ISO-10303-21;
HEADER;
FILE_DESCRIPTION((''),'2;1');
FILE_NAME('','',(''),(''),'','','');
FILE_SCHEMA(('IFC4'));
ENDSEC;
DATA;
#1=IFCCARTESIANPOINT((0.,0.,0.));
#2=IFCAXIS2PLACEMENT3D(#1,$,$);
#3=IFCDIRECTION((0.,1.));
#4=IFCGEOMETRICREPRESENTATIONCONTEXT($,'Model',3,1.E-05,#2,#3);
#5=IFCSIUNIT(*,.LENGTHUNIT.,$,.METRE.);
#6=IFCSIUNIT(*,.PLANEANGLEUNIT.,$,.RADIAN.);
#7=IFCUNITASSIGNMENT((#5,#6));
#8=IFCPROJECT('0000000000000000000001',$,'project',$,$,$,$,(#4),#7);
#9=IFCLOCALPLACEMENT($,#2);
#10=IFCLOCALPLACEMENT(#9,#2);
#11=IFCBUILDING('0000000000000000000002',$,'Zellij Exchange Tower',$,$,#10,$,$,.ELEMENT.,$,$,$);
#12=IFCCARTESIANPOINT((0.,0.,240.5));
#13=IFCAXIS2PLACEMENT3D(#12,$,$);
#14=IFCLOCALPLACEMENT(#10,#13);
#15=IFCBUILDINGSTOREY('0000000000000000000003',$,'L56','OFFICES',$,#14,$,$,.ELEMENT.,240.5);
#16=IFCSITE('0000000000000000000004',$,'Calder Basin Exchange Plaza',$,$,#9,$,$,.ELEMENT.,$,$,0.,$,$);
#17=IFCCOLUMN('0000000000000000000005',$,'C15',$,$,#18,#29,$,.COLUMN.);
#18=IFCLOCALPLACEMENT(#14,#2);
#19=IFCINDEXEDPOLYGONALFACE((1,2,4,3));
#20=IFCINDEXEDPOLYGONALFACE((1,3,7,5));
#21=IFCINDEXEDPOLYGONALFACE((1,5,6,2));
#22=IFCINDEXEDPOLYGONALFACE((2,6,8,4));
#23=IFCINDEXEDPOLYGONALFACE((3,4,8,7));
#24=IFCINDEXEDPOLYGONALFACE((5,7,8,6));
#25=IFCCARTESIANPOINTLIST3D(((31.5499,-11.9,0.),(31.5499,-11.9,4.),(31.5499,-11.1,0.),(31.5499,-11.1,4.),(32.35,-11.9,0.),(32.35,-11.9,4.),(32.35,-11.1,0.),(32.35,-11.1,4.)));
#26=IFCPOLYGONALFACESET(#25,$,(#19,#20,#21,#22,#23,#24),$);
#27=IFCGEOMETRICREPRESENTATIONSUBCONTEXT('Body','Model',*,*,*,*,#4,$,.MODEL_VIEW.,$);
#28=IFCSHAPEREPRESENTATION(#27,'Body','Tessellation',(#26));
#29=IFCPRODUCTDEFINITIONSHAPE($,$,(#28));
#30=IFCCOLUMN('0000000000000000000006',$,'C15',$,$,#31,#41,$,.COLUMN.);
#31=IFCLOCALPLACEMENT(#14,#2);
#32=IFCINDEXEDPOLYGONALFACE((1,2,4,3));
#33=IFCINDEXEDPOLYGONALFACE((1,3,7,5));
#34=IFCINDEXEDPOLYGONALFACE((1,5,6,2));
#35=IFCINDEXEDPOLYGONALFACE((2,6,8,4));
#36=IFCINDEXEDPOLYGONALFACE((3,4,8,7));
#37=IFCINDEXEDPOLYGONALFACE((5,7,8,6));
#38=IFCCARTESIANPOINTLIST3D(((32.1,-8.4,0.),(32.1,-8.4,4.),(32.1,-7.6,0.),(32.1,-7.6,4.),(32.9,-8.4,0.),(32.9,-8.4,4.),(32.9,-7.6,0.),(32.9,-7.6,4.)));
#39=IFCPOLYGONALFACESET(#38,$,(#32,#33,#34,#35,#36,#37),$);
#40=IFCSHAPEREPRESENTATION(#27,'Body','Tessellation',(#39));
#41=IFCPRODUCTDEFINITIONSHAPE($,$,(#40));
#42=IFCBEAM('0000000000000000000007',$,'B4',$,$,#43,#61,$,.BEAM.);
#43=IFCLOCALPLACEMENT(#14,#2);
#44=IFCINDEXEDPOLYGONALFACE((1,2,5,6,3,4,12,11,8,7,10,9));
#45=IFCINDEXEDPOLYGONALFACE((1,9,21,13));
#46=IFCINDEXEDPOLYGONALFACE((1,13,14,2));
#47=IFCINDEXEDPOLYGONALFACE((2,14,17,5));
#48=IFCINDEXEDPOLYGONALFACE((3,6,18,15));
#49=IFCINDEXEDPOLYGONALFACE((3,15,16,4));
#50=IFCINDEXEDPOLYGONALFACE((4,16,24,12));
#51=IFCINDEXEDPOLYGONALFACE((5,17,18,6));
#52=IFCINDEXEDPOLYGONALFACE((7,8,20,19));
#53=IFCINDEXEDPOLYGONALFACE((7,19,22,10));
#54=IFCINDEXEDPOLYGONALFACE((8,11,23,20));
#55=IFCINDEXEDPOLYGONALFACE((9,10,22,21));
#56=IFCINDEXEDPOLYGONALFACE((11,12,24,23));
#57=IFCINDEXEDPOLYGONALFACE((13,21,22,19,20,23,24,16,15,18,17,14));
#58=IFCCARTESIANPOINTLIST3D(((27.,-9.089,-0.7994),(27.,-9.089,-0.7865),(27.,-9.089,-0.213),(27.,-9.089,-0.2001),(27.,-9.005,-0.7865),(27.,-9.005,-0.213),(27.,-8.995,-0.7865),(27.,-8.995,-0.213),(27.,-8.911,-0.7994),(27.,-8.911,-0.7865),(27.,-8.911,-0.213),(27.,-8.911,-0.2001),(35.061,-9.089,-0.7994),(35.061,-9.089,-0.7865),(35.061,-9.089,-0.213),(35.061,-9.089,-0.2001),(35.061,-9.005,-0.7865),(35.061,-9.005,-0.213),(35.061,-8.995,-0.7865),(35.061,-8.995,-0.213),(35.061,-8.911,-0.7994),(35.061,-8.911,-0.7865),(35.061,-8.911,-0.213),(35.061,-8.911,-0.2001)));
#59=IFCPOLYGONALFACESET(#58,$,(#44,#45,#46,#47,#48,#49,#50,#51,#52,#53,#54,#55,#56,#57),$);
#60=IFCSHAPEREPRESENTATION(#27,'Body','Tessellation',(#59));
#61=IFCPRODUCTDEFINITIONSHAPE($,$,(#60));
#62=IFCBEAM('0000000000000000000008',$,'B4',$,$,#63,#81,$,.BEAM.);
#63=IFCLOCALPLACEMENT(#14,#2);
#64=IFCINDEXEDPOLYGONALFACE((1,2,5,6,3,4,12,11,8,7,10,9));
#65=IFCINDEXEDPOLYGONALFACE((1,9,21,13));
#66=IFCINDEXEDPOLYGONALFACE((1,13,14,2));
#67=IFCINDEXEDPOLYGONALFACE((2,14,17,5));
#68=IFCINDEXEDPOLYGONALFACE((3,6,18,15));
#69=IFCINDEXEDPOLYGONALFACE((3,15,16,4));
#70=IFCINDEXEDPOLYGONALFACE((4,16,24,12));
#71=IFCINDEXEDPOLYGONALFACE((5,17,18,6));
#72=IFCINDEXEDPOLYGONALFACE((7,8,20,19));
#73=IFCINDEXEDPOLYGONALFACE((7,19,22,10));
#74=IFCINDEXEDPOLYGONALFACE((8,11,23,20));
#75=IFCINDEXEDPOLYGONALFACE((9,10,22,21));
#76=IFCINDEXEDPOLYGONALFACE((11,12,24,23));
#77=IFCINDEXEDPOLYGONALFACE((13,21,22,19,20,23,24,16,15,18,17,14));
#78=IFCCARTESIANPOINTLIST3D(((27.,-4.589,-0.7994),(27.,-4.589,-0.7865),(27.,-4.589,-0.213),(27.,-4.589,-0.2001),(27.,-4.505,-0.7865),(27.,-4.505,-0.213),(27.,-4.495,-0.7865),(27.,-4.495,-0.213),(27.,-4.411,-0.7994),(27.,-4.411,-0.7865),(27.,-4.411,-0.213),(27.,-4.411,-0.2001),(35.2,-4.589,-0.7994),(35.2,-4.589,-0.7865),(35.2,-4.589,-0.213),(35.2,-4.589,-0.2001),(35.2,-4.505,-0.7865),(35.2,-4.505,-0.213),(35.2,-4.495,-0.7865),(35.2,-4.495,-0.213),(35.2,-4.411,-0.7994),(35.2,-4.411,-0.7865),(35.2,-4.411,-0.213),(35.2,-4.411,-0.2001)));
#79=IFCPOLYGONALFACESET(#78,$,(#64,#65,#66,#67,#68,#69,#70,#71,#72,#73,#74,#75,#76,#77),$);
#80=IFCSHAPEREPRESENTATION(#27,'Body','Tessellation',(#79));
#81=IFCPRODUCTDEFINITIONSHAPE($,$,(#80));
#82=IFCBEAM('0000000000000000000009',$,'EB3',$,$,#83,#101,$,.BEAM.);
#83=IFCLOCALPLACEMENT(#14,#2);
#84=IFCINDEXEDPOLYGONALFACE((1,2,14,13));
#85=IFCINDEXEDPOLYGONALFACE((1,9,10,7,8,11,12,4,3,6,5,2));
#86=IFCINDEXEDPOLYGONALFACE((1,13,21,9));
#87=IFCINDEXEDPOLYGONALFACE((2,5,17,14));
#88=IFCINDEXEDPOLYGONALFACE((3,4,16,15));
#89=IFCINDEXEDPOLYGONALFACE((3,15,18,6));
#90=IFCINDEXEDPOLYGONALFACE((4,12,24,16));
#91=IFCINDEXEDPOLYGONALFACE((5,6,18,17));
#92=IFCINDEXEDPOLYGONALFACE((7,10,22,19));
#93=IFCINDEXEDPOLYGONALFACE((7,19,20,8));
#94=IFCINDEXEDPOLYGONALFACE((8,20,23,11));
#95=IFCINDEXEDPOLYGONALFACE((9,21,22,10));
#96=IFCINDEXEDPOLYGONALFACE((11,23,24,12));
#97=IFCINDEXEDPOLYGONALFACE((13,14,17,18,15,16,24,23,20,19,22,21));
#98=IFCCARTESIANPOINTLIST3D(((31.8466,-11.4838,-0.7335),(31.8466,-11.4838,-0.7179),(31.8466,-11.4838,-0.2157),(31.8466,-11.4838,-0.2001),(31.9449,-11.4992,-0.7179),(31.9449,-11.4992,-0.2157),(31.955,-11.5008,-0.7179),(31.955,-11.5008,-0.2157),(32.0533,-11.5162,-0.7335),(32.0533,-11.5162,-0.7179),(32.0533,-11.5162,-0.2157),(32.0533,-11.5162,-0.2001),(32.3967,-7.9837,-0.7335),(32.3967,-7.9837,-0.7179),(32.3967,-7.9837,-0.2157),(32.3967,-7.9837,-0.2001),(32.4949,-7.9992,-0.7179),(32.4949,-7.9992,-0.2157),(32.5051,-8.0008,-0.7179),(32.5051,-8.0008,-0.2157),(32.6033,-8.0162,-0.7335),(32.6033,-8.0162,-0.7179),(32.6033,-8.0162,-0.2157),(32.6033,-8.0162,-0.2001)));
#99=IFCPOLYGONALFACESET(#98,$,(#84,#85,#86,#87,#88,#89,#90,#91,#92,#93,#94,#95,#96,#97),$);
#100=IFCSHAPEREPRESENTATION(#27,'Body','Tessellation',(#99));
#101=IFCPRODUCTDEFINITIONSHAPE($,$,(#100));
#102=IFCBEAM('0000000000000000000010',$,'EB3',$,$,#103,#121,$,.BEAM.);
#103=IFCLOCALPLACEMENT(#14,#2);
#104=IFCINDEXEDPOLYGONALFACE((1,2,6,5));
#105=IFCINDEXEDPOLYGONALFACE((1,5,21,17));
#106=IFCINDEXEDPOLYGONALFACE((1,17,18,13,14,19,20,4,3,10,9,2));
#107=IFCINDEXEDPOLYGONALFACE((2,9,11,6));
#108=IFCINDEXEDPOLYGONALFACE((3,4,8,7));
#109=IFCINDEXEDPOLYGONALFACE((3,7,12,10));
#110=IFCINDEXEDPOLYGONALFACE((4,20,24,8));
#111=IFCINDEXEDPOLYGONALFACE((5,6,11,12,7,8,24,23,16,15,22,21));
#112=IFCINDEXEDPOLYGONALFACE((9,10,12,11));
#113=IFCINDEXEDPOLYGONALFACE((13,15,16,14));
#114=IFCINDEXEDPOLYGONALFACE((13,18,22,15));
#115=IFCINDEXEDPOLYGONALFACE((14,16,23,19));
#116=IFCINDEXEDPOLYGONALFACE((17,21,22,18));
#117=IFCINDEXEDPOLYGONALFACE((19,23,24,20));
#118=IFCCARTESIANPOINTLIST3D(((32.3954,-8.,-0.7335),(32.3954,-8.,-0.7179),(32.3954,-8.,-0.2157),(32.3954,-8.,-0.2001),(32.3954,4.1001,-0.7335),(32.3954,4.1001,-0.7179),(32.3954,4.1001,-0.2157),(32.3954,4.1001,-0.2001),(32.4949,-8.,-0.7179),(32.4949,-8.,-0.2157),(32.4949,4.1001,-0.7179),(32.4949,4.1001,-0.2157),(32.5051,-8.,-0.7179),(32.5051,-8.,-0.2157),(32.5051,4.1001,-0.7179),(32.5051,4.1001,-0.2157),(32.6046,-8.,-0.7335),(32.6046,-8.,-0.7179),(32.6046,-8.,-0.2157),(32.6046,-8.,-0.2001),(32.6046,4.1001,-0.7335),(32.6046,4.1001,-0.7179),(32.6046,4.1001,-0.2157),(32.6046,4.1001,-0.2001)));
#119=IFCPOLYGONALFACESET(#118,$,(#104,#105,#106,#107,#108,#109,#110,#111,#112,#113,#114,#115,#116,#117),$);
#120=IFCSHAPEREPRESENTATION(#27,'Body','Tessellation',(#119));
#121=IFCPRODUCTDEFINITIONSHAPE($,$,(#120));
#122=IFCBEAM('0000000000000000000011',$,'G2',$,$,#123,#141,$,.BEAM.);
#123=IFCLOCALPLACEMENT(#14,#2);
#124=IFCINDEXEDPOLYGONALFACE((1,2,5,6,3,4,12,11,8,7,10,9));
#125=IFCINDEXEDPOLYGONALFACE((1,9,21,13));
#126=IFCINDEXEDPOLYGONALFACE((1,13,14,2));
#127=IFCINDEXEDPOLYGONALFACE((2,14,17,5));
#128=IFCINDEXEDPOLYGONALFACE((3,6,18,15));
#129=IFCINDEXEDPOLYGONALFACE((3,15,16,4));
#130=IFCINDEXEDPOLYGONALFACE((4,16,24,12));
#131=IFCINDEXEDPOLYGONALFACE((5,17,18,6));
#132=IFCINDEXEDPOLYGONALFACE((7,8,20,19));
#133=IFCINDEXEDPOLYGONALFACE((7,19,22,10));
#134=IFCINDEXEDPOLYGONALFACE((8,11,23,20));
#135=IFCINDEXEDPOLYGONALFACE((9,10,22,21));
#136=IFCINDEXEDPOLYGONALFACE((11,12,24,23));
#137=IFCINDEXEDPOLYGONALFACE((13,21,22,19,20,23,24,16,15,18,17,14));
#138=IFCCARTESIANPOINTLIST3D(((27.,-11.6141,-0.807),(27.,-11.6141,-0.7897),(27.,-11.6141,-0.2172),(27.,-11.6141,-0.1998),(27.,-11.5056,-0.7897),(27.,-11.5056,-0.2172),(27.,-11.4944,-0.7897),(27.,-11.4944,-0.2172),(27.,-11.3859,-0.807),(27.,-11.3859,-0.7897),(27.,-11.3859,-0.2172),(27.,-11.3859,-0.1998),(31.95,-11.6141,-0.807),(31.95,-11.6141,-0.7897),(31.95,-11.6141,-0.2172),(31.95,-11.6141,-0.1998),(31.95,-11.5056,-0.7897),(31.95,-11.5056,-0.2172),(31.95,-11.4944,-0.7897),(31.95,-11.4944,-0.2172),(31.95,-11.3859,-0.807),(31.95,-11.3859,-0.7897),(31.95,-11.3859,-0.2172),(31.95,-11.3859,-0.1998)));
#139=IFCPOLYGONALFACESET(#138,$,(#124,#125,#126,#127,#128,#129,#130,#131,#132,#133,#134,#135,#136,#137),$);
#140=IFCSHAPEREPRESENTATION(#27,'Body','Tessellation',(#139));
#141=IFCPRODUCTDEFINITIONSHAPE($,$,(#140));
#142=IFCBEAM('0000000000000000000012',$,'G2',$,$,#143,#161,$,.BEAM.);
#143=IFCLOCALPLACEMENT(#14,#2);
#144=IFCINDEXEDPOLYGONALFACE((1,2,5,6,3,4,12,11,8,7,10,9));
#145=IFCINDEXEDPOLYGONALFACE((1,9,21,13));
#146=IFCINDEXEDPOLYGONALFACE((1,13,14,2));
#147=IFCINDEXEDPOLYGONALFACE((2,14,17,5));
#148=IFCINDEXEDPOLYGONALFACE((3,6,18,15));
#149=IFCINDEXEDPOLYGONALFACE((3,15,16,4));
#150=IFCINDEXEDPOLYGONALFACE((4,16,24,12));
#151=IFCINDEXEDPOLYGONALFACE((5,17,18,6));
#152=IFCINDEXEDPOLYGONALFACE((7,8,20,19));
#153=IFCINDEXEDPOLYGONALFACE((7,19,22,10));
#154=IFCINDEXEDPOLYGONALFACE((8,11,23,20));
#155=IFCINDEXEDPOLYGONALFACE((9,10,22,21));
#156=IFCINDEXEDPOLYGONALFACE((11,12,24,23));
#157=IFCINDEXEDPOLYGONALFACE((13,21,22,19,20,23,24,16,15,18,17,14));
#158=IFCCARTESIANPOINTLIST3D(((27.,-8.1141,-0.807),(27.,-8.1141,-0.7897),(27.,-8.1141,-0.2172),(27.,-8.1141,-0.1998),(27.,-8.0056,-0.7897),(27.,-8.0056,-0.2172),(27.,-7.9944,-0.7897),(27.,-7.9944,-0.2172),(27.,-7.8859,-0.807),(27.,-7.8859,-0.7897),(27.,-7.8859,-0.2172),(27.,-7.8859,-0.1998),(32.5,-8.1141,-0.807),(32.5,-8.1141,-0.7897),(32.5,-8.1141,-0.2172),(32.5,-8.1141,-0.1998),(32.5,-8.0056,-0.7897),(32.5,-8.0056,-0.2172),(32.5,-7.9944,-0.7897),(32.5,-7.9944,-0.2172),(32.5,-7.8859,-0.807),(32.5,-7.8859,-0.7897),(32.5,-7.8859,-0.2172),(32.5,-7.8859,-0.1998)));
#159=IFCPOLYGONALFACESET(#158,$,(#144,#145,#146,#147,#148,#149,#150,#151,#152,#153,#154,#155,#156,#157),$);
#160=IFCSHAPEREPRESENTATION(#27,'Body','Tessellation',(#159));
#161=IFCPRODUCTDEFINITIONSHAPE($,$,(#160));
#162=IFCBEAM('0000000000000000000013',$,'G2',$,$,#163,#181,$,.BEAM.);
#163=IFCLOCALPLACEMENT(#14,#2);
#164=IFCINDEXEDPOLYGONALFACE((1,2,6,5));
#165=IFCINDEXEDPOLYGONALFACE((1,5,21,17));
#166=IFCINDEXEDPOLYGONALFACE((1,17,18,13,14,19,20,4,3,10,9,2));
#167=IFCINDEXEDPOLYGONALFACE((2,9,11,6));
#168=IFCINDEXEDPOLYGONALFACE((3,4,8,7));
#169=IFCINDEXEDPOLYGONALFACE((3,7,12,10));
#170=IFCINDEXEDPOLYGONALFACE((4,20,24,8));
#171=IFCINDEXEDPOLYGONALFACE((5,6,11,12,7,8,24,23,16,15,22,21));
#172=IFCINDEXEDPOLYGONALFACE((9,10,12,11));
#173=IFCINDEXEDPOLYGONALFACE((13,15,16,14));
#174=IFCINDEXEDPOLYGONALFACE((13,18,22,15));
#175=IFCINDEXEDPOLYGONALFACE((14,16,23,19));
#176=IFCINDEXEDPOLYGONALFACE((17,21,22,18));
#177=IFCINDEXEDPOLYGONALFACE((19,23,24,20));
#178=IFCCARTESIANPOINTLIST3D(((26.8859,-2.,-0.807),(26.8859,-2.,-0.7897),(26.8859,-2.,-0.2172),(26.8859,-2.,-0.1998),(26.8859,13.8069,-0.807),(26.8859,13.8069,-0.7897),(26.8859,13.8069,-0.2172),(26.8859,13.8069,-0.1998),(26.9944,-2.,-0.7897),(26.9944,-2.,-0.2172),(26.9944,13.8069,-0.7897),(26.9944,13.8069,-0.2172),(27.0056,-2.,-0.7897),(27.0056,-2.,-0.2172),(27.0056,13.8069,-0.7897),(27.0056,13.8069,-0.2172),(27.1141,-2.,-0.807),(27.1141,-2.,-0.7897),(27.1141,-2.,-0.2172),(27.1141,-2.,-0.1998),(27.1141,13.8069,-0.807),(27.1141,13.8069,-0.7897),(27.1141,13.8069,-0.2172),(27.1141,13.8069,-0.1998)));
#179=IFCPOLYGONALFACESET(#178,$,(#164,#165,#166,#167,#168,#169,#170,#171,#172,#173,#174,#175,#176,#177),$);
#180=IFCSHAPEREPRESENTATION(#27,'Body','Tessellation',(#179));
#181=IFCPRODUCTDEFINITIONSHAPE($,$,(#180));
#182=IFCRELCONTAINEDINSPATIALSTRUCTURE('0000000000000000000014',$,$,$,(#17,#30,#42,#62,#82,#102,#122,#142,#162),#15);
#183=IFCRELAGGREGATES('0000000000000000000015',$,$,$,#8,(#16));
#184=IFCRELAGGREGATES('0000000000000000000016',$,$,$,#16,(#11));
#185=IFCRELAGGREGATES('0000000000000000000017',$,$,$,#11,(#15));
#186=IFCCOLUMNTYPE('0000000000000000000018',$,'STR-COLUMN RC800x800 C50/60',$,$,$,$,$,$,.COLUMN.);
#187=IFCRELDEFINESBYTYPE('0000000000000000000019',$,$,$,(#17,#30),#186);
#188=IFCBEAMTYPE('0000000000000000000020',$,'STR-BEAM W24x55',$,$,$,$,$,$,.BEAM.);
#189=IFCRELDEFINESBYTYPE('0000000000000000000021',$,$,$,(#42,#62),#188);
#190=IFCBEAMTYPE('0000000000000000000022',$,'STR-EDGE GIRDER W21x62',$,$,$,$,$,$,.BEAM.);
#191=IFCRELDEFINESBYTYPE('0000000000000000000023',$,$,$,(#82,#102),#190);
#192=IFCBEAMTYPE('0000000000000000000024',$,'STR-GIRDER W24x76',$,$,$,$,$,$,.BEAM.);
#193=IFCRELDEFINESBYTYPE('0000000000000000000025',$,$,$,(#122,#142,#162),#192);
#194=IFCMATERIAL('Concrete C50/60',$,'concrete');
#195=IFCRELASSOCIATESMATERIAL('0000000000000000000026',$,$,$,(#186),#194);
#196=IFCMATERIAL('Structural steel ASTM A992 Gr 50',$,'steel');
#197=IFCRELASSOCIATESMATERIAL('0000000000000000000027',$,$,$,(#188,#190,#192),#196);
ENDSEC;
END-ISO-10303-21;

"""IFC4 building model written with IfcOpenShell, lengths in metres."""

from ifc_helpers import new_model, si_unit, direction, frame, origin, origin_2d, place, context, subcontext, project, spatial, rectangle, i_section, extrude, material, material_profile, profile_set, type_object, element, save


model = new_model("IFC4")

# Units and contexts
model_context = context("Model", 3, precision=1e-05, world=origin(), true_north=direction((0.0, 1.0)))
body_context = subcontext(model_context, "Body", "Model", "MODEL_VIEW")
ifc_project = project(units=[si_unit("LENGTHUNIT", "METRE"), si_unit("PLANEANGLEUNIT", "RADIAN")], contexts=[model_context])

# Site, building, storey
site_placement = place(None, origin())
site = spatial("IfcSite", under=ifc_project, at=site_placement, Name="Calder Basin Exchange Plaza", CompositionType="ELEMENT", RefElevation=0.0)
building_placement = place(site_placement, origin())
building = spatial("IfcBuilding", under=site, at=building_placement, Name="Zellij Exchange Tower", CompositionType="ELEMENT")
storey_placement = place(building_placement, frame((0.0, 0.0, 240.5)))
storey = spatial("IfcBuildingStorey", under=building, at=storey_placement, Name="L56", Description="OFFICES", CompositionType="ELEMENT", Elevation=240.5)

# Columns
ifc_material_1 = material(Name="Concrete C50/60", Category="concrete")
ifc_material_profile_1 = material_profile(ifc_material_1, rectangle(XDim=0.8, YDim=0.8, at=origin_2d()), Name="STR-COLUMN RC800x800 C50/60")
ifc_profile_set_1 = profile_set([ifc_material_profile_1], Name="Concrete C50/60")
column_type = type_object("IfcColumnType", Name="STR-COLUMN RC800x800 C50/60", PredefinedType="COLUMN", material=ifc_profile_set_1)
for number, where, z_axis, x_axis, name in (
    (1, (31.95, -11.5, 0.0), (0.0, 0.0, 1.0), (1.0, 0.0, 0.0), "C15"),
    (2, (32.5, -8.0, 0.0), (0.0, 0.0, 1.0), (1.0, 0.0, 0.0), "C15"),
):
    element("IfcColumn", number, at=place(storey_placement, frame(where, z_axis=z_axis, x_axis=x_axis)), inside=storey, type_object=column_type, Name=name, PredefinedType="COLUMN", context=body_context, shape_type="SweptSolid", body=[
        extrude(rectangle(XDim=0.8, YDim=0.8, at=origin_2d()), origin(), (0.0, 0.0, 1.0), 4.0),
    ])

# Beams
ifc_material_2 = material(Name="Structural steel ASTM A992 Gr 50", Category="steel")
ifc_material_profile_2 = material_profile(ifc_material_2, i_section(OverallWidth=0.178, OverallDepth=0.5994, WebThickness=0.01, FlangeThickness=0.0129, at=origin_2d()), Name="W24x55")
ifc_profile_set_2 = profile_set([ifc_material_profile_2], Name="Structural steel ASTM A992 Gr 50")
beam_type_1 = type_object("IfcBeamType", Name="STR-BEAM W24x55", PredefinedType="BEAM", material=ifc_profile_set_2)
beam_1_placement = place(storey_placement, frame((27.0, -9.0, -0.4998), z_axis=(1.0, 0.0, 0.0), x_axis=(0.0, 1.0, 0.0)))
element("IfcBeam", 3, at=beam_1_placement, inside=storey, type_object=beam_type_1, Name="B4", PredefinedType="BEAM", context=body_context, shape_type="SweptSolid", body=[
    extrude(i_section(OverallWidth=0.178, OverallDepth=0.5994, WebThickness=0.01, FlangeThickness=0.0129, at=origin_2d()), origin(), (0.0, 0.0, 1.0), 8.061),
])
beam_2_placement = place(storey_placement, frame((27.0, -4.5, -0.4998), z_axis=(1.0, 0.0, 0.0), x_axis=(0.0, 1.0, 0.0)))
element("IfcBeam", 4, at=beam_2_placement, inside=storey, type_object=beam_type_1, Name="B4", PredefinedType="BEAM", context=body_context, shape_type="SweptSolid", body=[
    extrude(i_section(OverallWidth=0.178, OverallDepth=0.5994, WebThickness=0.01, FlangeThickness=0.0129, at=origin_2d()), origin(), (0.0, 0.0, 1.0), 8.2),
])
ifc_material_profile_3 = material_profile(ifc_material_2, i_section(OverallWidth=0.2092, OverallDepth=0.5334, WebThickness=0.0103, FlangeThickness=0.0156, at=origin_2d()), Name="W21x62")
ifc_profile_set_3 = profile_set([ifc_material_profile_3], Name="Structural steel ASTM A992 Gr 50")
beam_type_2 = type_object("IfcBeamType", Name="STR-EDGE GIRDER W21x62", PredefinedType="BEAM", material=ifc_profile_set_3)
beam_3_placement = place(storey_placement, frame((31.95, -11.5, -0.4668), z_axis=(0.155251, 0.987875, 0.0), x_axis=(-0.987875, 0.155251, 0.0)))
element("IfcBeam", 5, at=beam_3_placement, inside=storey, type_object=beam_type_2, Name="EB3", PredefinedType="BEAM", context=body_context, shape_type="SweptSolid", body=[
    extrude(i_section(OverallWidth=0.2092, OverallDepth=0.5334, WebThickness=0.0103, FlangeThickness=0.0156, at=origin_2d()), origin(), (0.0, 0.0, 1.0), 3.543),
])
beam_4_placement = place(storey_placement, frame((32.5, -8.0, -0.4668), z_axis=(0.0, 1.0, 0.0), x_axis=(-1.0, 0.0, 0.0)))
element("IfcBeam", 6, at=beam_4_placement, inside=storey, type_object=beam_type_2, Name="EB3", PredefinedType="BEAM", context=body_context, shape_type="SweptSolid", body=[
    extrude(i_section(OverallWidth=0.2092, OverallDepth=0.5334, WebThickness=0.0103, FlangeThickness=0.0156, at=origin_2d()), origin(), (0.0, 0.0, 1.0), 12.1001),
])
ifc_material_profile_4 = material_profile(ifc_material_2, i_section(OverallWidth=0.2283, OverallDepth=0.6072, WebThickness=0.0112, FlangeThickness=0.0173, at=origin_2d()), Name="W24x76")
ifc_profile_set_4 = profile_set([ifc_material_profile_4], Name="Structural steel ASTM A992 Gr 50")
beam_type_3 = type_object("IfcBeamType", Name="STR-GIRDER W24x76", PredefinedType="BEAM", material=ifc_profile_set_4)
beam_5_placement = place(storey_placement, frame((27.0, -11.5, -0.5034), z_axis=(1.0, 0.0, 0.0), x_axis=(0.0, 1.0, 0.0)))
element("IfcBeam", 7, at=beam_5_placement, inside=storey, type_object=beam_type_3, Name="G2", PredefinedType="BEAM", context=body_context, shape_type="SweptSolid", body=[
    extrude(i_section(OverallWidth=0.2283, OverallDepth=0.6072, WebThickness=0.0112, FlangeThickness=0.0173, at=origin_2d()), origin(), (0.0, 0.0, 1.0), 4.95),
])
beam_6_placement = place(storey_placement, frame((27.0, -8.0, -0.5034), z_axis=(1.0, 0.0, 0.0), x_axis=(0.0, 1.0, 0.0)))
element("IfcBeam", 8, at=beam_6_placement, inside=storey, type_object=beam_type_3, Name="G2", PredefinedType="BEAM", context=body_context, shape_type="SweptSolid", body=[
    extrude(i_section(OverallWidth=0.2283, OverallDepth=0.6072, WebThickness=0.0112, FlangeThickness=0.0173, at=origin_2d()), origin(), (0.0, 0.0, 1.0), 5.5),
])
beam_7_placement = place(storey_placement, frame((27.0, -2.0, -0.5034), z_axis=(0.0, 1.0, 0.0), x_axis=(-1.0, 0.0, 0.0)))
element("IfcBeam", 9, at=beam_7_placement, inside=storey, type_object=beam_type_3, Name="G2", PredefinedType="BEAM", context=body_context, shape_type="SweptSolid", body=[
    extrude(i_section(OverallWidth=0.2283, OverallDepth=0.6072, WebThickness=0.0112, FlangeThickness=0.0173, at=origin_2d()), origin(), (0.0, 0.0, 1.0), 15.8069),
])

save(model, "model.ifc")
